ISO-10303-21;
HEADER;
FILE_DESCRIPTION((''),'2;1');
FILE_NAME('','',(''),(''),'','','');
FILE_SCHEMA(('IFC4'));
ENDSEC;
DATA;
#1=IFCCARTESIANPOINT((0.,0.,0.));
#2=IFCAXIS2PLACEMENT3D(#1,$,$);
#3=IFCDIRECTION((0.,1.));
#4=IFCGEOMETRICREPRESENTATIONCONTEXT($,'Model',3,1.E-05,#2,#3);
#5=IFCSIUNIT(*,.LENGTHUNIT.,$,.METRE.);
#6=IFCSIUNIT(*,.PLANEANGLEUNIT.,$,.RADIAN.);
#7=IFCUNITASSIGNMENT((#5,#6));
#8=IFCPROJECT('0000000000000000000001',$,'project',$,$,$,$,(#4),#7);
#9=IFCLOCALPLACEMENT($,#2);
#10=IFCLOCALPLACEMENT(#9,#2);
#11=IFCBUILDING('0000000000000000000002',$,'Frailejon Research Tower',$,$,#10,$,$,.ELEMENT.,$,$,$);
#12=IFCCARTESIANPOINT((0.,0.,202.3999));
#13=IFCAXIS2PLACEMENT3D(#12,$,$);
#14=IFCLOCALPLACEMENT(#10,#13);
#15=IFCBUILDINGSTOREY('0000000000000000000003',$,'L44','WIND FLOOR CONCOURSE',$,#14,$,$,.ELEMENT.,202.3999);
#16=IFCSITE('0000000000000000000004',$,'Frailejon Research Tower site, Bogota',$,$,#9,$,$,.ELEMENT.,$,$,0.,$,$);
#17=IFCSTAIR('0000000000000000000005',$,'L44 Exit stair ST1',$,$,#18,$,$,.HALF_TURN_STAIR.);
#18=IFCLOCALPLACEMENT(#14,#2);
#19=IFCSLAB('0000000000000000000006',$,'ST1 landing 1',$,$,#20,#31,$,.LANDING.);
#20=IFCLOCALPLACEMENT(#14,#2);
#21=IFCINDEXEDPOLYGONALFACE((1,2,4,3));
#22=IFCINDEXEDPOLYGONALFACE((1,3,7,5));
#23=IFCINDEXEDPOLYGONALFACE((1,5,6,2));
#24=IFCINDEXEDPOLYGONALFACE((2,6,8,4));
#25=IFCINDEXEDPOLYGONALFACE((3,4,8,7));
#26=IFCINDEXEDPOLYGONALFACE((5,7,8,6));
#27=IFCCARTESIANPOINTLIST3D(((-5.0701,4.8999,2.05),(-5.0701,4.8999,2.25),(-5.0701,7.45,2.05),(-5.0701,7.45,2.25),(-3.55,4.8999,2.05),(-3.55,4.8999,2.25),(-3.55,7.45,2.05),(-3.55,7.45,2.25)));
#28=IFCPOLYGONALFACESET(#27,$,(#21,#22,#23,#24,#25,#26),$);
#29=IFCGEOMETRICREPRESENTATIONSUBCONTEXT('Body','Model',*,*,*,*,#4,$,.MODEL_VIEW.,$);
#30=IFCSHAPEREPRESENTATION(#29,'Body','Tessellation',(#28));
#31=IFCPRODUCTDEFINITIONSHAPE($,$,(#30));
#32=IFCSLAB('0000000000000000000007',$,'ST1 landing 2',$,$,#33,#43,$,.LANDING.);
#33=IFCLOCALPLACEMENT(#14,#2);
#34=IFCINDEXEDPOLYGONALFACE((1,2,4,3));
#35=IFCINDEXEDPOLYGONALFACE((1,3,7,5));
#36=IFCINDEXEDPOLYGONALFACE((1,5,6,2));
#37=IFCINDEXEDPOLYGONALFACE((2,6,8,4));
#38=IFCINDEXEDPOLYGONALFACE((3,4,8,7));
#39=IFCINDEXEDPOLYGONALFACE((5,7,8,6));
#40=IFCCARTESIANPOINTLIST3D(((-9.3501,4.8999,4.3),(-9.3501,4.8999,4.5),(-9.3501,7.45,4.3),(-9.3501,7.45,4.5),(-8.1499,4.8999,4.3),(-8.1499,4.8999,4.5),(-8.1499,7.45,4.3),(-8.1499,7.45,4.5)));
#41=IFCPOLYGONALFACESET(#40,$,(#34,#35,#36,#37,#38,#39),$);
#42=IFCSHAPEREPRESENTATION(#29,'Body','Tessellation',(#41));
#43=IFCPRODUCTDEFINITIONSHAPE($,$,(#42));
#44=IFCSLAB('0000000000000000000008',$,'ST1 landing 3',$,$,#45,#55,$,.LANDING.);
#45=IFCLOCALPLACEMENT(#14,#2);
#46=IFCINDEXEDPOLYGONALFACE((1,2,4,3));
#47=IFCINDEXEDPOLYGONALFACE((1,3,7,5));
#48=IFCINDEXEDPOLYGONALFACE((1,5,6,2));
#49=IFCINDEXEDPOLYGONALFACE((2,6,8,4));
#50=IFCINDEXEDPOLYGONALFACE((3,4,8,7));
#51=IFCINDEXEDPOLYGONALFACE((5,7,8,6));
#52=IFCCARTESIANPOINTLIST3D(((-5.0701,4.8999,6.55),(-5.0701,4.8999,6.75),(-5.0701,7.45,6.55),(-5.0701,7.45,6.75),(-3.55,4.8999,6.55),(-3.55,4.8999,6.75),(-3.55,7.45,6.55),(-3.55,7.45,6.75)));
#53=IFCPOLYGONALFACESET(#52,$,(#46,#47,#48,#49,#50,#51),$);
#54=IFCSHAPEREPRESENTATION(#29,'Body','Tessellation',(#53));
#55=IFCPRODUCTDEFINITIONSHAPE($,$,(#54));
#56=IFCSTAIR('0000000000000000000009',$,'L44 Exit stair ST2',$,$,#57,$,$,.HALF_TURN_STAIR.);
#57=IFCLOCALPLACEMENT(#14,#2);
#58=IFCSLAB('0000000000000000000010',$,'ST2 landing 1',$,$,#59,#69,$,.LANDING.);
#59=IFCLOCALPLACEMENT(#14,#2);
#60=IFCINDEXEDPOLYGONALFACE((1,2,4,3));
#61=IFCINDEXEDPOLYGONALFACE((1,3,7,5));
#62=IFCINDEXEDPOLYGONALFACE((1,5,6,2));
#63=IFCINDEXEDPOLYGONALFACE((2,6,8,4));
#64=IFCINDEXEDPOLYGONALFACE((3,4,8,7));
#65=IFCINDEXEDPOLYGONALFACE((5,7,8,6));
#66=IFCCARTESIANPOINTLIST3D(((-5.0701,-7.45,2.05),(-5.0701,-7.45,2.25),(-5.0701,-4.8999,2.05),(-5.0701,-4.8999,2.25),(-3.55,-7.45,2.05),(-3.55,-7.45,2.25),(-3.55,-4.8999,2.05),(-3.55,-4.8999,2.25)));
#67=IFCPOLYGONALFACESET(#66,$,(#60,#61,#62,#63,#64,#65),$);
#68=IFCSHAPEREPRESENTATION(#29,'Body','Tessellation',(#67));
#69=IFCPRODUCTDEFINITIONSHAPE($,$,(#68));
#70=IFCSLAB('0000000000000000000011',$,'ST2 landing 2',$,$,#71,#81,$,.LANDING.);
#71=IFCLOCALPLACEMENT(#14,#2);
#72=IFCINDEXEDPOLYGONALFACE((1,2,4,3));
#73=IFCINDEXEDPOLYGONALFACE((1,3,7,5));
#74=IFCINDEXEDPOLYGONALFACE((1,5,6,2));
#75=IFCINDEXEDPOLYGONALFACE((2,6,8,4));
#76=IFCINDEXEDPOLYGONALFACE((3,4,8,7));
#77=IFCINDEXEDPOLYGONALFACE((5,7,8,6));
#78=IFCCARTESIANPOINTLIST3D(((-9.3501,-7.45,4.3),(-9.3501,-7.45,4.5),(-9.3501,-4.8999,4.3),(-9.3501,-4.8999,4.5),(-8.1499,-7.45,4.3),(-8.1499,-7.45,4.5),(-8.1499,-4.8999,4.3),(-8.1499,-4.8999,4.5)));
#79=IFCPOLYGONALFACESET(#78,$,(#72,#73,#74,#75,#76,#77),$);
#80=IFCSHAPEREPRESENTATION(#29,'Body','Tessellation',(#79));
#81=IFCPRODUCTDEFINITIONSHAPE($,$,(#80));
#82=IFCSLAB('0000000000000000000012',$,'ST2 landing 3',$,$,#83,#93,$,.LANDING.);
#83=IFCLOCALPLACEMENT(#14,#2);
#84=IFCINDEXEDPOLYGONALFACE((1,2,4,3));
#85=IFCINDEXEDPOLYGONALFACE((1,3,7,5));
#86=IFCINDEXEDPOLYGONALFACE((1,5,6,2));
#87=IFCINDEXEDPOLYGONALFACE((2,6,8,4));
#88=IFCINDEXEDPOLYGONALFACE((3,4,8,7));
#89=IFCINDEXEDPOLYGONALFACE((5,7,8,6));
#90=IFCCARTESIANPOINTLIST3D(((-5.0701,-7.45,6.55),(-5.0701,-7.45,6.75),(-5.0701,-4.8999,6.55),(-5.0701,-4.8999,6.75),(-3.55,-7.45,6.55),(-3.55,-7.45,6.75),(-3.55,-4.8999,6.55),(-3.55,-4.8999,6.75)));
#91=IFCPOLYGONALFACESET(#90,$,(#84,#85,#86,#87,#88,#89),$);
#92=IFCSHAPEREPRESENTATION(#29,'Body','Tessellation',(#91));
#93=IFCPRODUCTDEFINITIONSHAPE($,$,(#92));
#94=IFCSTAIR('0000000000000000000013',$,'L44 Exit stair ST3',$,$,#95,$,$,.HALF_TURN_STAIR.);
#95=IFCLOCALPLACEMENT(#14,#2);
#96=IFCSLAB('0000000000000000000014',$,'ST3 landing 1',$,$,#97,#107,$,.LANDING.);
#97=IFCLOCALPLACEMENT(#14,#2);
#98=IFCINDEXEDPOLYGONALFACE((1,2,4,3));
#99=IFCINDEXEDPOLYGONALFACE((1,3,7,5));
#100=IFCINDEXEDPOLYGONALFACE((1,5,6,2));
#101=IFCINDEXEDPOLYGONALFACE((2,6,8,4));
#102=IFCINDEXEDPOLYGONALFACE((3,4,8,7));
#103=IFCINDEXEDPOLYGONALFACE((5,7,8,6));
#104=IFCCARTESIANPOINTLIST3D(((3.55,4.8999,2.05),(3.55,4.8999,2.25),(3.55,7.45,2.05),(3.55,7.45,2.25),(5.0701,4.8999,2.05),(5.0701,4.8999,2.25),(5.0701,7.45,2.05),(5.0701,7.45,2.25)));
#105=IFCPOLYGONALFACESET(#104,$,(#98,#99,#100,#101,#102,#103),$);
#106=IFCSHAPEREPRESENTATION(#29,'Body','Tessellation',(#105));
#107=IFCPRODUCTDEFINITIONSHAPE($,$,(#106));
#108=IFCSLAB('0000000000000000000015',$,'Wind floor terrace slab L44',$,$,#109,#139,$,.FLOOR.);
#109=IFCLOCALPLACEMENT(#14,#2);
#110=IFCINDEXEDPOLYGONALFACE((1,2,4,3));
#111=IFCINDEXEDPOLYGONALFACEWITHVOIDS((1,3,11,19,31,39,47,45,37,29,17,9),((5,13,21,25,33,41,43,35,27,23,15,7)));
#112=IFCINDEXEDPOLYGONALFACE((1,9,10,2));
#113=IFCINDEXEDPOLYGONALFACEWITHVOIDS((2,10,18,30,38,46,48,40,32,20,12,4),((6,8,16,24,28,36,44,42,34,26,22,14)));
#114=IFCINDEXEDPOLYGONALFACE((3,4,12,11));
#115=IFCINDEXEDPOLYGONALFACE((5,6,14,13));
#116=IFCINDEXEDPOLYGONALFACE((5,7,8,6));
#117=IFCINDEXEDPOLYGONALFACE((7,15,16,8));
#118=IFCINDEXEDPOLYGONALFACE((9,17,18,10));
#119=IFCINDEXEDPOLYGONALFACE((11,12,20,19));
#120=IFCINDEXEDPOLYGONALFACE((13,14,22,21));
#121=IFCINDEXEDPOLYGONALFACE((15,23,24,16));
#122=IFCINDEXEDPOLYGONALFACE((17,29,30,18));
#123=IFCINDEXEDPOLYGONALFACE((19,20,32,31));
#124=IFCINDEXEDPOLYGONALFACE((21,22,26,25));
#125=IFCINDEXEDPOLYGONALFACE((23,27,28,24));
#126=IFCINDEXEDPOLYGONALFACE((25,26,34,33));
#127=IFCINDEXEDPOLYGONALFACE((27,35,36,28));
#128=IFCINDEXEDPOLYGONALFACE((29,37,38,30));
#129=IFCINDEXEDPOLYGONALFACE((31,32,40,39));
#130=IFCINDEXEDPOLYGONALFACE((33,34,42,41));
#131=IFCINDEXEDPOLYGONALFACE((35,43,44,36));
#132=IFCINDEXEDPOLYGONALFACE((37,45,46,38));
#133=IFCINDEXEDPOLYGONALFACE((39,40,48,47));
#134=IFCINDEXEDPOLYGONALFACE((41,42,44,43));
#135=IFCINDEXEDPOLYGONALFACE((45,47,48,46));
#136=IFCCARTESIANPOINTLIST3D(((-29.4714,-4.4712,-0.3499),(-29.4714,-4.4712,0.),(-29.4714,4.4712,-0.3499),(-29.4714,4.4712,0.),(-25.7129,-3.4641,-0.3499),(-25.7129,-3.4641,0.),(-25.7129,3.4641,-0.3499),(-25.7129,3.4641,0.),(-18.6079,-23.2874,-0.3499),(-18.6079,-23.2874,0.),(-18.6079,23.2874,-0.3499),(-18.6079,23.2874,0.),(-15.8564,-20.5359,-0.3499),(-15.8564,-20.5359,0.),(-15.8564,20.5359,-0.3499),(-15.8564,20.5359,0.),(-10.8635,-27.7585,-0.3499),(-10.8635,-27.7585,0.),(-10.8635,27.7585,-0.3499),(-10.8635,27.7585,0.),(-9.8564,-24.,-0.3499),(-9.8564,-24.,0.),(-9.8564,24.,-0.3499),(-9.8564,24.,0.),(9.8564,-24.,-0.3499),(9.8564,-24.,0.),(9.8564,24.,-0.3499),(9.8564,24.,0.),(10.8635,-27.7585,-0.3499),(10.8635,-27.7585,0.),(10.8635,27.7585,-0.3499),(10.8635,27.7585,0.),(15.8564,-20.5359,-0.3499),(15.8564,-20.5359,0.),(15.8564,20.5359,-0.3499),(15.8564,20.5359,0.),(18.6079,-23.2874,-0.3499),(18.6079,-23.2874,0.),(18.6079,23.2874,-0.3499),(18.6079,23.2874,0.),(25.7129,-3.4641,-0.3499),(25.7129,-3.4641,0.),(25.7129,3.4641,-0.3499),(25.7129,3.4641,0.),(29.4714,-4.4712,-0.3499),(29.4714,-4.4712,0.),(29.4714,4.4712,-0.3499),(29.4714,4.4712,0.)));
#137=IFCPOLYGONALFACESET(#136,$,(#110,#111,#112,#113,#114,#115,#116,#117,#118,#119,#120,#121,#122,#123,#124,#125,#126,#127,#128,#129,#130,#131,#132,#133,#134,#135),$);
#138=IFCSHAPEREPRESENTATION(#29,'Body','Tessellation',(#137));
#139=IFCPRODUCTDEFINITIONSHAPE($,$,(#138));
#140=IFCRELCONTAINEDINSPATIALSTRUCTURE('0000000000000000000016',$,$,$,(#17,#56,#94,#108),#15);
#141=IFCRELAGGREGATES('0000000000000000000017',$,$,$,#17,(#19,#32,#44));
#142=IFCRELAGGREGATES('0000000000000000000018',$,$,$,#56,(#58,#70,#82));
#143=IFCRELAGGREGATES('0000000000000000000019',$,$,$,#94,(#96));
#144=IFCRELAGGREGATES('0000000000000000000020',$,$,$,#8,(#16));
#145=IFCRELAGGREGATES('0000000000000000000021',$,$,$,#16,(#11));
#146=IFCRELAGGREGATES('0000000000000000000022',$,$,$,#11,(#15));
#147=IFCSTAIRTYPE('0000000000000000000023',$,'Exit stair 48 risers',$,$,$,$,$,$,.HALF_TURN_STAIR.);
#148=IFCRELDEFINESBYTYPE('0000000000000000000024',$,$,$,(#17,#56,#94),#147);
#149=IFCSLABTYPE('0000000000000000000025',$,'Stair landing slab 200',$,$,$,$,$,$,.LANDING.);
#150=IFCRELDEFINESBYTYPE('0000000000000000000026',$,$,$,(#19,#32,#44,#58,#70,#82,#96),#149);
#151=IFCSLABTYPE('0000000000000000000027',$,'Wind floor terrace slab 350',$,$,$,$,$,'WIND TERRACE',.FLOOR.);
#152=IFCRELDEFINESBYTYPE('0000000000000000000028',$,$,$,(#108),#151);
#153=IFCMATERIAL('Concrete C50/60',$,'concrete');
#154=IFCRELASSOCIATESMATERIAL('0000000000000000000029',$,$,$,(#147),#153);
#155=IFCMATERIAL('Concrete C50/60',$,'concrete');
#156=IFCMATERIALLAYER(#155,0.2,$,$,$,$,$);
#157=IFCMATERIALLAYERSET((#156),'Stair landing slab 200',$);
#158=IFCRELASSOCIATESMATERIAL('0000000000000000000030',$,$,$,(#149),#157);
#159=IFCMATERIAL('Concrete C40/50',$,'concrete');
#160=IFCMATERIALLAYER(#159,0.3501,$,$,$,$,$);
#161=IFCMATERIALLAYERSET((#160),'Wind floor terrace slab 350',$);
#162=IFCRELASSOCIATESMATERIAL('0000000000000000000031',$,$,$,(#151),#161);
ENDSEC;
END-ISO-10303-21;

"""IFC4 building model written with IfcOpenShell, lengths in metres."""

from ifc_helpers import new_model, si_unit, direction, frame, origin, place, context, subcontext, project, spatial, polyline, outline, extrude, material, layer, layer_set, type_object, element, aggregate, save


model = new_model("IFC4")

# Units and contexts
model_context = context("Model", 3, precision=1e-05, world=origin(), true_north=direction((0.0, 1.0)))
body_context = subcontext(model_context, "Body", "Model", "MODEL_VIEW")
ifc_project = project(units=[si_unit("LENGTHUNIT", "METRE"), si_unit("PLANEANGLEUNIT", "RADIAN")], contexts=[model_context])

# Site, building, storey
site_placement = place(None, origin())
site = spatial("IfcSite", under=ifc_project, at=site_placement, Name="Frailejon Research Tower site, Bogota", CompositionType="ELEMENT", RefElevation=0.0)
building_placement = place(site_placement, origin())
building = spatial("IfcBuilding", under=site, at=building_placement, Name="Frailejon Research Tower", CompositionType="ELEMENT")
storey_placement = place(building_placement, frame((0.0, 0.0, 202.3999)))
storey = spatial("IfcBuildingStorey", under=building, at=storey_placement, Name="L44", Description="WIND FLOOR CONCOURSE", CompositionType="ELEMENT", Elevation=202.3999)

# Stairs, slabs
ifc_material_1 = material(Name="Concrete C50/60", Category="concrete")
stair_type = type_object("IfcStairType", Name="Exit stair 48 risers", PredefinedType="HALF_TURN_STAIR", material=ifc_material_1)
stair_1_placement = place(storey_placement, origin())
stair_1 = element("IfcStair", 1, at=stair_1_placement, inside=storey, type_object=stair_type, Name="L44 Exit stair ST1", PredefinedType="HALF_TURN_STAIR")
ifc_material_2 = material(Name="Concrete C50/60", Category="concrete")
ifc_layer_1 = layer(ifc_material_2, 0.2)
ifc_layer_set_1 = layer_set([ifc_layer_1], Name="Stair landing slab 200")
slab_type_1 = type_object("IfcSlabType", Name="Stair landing slab 200", PredefinedType="LANDING", material=ifc_layer_set_1)
slab_1_placement = place(storey_placement, frame((0.0, 0.0, 2.05)))
slab_1 = element("IfcSlab", 2, at=slab_1_placement, type_object=slab_type_1, Name="ST1 landing 1", PredefinedType="LANDING", context=body_context, shape_type="SweptSolid", body=[
    extrude(outline(polyline([(-5.0701, 4.8999), (-3.55, 4.8999), (-3.55, 7.45), (-5.0701, 7.45), (-5.0701, 4.8999)])), origin(), (0.0, 0.0, 1.0), 0.2),
])
slab_2_placement = place(storey_placement, frame((0.0, 0.0, 4.3)))
slab_2 = element("IfcSlab", 3, at=slab_2_placement, type_object=slab_type_1, Name="ST1 landing 2", PredefinedType="LANDING", context=body_context, shape_type="SweptSolid", body=[
    extrude(outline(polyline([(-9.3501, 4.8999), (-8.1499, 4.8999), (-8.1499, 7.45), (-9.3501, 7.45), (-9.3501, 4.8999)])), origin(), (0.0, 0.0, 1.0), 0.2),
])
slab_3_placement = place(storey_placement, frame((0.0, 0.0, 6.55)))
slab_3 = element("IfcSlab", 4, at=slab_3_placement, type_object=slab_type_1, Name="ST1 landing 3", PredefinedType="LANDING", context=body_context, shape_type="SweptSolid", body=[
    extrude(outline(polyline([(-5.0701, 4.8999), (-3.55, 4.8999), (-3.55, 7.45), (-5.0701, 7.45), (-5.0701, 4.8999)])), origin(), (0.0, 0.0, 1.0), 0.2),
])
aggregate(stair_1, [slab_1, slab_2, slab_3])
stair_2_placement = place(storey_placement, origin())
stair_2 = element("IfcStair", 5, at=stair_2_placement, inside=storey, type_object=stair_type, Name="L44 Exit stair ST2", PredefinedType="HALF_TURN_STAIR")
slab_4_placement = place(storey_placement, frame((0.0, 0.0, 2.05)))
slab_4 = element("IfcSlab", 6, at=slab_4_placement, type_object=slab_type_1, Name="ST2 landing 1", PredefinedType="LANDING", context=body_context, shape_type="SweptSolid", body=[
    extrude(outline(polyline([(-5.0701, -7.45), (-3.55, -7.45), (-3.55, -4.8999), (-5.0701, -4.8999), (-5.0701, -7.45)])), origin(), (0.0, 0.0, 1.0), 0.2),
])
slab_5_placement = place(storey_placement, frame((0.0, 0.0, 4.3)))
slab_5 = element("IfcSlab", 7, at=slab_5_placement, type_object=slab_type_1, Name="ST2 landing 2", PredefinedType="LANDING", context=body_context, shape_type="SweptSolid", body=[
    extrude(outline(polyline([(-9.3501, -7.45), (-8.1499, -7.45), (-8.1499, -4.8999), (-9.3501, -4.8999), (-9.3501, -7.45)])), origin(), (0.0, 0.0, 1.0), 0.2),
])
slab_6_placement = place(storey_placement, frame((0.0, 0.0, 6.55)))
slab_6 = element("IfcSlab", 8, at=slab_6_placement, type_object=slab_type_1, Name="ST2 landing 3", PredefinedType="LANDING", context=body_context, shape_type="SweptSolid", body=[
    extrude(outline(polyline([(-5.0701, -7.45), (-3.55, -7.45), (-3.55, -4.8999), (-5.0701, -4.8999), (-5.0701, -7.45)])), origin(), (0.0, 0.0, 1.0), 0.2),
])
aggregate(stair_2, [slab_4, slab_5, slab_6])

# Stair, slab
stair_3_placement = place(storey_placement, origin())
stair_3 = element("IfcStair", 9, at=stair_3_placement, inside=storey, type_object=stair_type, Name="L44 Exit stair ST3", PredefinedType="HALF_TURN_STAIR")
slab_7_placement = place(storey_placement, frame((0.0, 0.0, 2.05)))
slab_7 = element("IfcSlab", 10, at=slab_7_placement, type_object=slab_type_1, Name="ST3 landing 1", PredefinedType="LANDING", context=body_context, shape_type="SweptSolid", body=[
    extrude(outline(polyline([(5.0701, 7.45), (3.55, 7.45), (3.55, 4.8999), (5.0701, 4.8999), (5.0701, 7.45)])), origin(), (0.0, 0.0, 1.0), 0.2),
])
aggregate(stair_3, [slab_7])

# Slab
ifc_material_3 = material(Name="Concrete C40/50", Category="concrete")
ifc_layer_2 = layer(ifc_material_3, 0.3501)
ifc_layer_set_2 = layer_set([ifc_layer_2], Name="Wind floor terrace slab 350")
slab_type_2 = type_object("IfcSlabType", Name="Wind floor terrace slab 350", ElementType="WIND TERRACE", PredefinedType="FLOOR", material=ifc_layer_set_2)
slab_8_placement = place(storey_placement, frame((0.0, 0.0, -0.3499)))
element("IfcSlab", 11, at=slab_8_placement, inside=storey, type_object=slab_type_2, Name="Wind floor terrace slab L44", PredefinedType="FLOOR", context=body_context, shape_type="SweptSolid", body=[
    extrude(outline(polyline([(18.6079, -23.2874), (10.8635, -27.7585), (-10.8635, -27.7585), (-18.6079, -23.2874), (-29.4714, -4.4712), (-29.4714, 4.4712), (-18.6079, 23.2874), (-10.8635, 27.7585), (10.8635, 27.7585), (18.6079, 23.2874), (29.4714, 4.4712), (29.4714, -4.4712), (18.6079, -23.2874)]), holes=[polyline([(25.7129, 3.4641), (15.8564, 20.5359), (9.8564, 24.0), (-9.8564, 24.0), (-15.8564, 20.5359), (-25.7129, 3.4641), (-25.7129, -3.4641), (-15.8564, -20.5359), (-9.8564, -24.0), (9.8564, -24.0), (15.8564, -20.5359), (25.7129, -3.4641), (25.7129, 3.4641)])]), origin(), (0.0, 0.0, 1.0), 0.3499),
])

save(model, "model.ifc")
